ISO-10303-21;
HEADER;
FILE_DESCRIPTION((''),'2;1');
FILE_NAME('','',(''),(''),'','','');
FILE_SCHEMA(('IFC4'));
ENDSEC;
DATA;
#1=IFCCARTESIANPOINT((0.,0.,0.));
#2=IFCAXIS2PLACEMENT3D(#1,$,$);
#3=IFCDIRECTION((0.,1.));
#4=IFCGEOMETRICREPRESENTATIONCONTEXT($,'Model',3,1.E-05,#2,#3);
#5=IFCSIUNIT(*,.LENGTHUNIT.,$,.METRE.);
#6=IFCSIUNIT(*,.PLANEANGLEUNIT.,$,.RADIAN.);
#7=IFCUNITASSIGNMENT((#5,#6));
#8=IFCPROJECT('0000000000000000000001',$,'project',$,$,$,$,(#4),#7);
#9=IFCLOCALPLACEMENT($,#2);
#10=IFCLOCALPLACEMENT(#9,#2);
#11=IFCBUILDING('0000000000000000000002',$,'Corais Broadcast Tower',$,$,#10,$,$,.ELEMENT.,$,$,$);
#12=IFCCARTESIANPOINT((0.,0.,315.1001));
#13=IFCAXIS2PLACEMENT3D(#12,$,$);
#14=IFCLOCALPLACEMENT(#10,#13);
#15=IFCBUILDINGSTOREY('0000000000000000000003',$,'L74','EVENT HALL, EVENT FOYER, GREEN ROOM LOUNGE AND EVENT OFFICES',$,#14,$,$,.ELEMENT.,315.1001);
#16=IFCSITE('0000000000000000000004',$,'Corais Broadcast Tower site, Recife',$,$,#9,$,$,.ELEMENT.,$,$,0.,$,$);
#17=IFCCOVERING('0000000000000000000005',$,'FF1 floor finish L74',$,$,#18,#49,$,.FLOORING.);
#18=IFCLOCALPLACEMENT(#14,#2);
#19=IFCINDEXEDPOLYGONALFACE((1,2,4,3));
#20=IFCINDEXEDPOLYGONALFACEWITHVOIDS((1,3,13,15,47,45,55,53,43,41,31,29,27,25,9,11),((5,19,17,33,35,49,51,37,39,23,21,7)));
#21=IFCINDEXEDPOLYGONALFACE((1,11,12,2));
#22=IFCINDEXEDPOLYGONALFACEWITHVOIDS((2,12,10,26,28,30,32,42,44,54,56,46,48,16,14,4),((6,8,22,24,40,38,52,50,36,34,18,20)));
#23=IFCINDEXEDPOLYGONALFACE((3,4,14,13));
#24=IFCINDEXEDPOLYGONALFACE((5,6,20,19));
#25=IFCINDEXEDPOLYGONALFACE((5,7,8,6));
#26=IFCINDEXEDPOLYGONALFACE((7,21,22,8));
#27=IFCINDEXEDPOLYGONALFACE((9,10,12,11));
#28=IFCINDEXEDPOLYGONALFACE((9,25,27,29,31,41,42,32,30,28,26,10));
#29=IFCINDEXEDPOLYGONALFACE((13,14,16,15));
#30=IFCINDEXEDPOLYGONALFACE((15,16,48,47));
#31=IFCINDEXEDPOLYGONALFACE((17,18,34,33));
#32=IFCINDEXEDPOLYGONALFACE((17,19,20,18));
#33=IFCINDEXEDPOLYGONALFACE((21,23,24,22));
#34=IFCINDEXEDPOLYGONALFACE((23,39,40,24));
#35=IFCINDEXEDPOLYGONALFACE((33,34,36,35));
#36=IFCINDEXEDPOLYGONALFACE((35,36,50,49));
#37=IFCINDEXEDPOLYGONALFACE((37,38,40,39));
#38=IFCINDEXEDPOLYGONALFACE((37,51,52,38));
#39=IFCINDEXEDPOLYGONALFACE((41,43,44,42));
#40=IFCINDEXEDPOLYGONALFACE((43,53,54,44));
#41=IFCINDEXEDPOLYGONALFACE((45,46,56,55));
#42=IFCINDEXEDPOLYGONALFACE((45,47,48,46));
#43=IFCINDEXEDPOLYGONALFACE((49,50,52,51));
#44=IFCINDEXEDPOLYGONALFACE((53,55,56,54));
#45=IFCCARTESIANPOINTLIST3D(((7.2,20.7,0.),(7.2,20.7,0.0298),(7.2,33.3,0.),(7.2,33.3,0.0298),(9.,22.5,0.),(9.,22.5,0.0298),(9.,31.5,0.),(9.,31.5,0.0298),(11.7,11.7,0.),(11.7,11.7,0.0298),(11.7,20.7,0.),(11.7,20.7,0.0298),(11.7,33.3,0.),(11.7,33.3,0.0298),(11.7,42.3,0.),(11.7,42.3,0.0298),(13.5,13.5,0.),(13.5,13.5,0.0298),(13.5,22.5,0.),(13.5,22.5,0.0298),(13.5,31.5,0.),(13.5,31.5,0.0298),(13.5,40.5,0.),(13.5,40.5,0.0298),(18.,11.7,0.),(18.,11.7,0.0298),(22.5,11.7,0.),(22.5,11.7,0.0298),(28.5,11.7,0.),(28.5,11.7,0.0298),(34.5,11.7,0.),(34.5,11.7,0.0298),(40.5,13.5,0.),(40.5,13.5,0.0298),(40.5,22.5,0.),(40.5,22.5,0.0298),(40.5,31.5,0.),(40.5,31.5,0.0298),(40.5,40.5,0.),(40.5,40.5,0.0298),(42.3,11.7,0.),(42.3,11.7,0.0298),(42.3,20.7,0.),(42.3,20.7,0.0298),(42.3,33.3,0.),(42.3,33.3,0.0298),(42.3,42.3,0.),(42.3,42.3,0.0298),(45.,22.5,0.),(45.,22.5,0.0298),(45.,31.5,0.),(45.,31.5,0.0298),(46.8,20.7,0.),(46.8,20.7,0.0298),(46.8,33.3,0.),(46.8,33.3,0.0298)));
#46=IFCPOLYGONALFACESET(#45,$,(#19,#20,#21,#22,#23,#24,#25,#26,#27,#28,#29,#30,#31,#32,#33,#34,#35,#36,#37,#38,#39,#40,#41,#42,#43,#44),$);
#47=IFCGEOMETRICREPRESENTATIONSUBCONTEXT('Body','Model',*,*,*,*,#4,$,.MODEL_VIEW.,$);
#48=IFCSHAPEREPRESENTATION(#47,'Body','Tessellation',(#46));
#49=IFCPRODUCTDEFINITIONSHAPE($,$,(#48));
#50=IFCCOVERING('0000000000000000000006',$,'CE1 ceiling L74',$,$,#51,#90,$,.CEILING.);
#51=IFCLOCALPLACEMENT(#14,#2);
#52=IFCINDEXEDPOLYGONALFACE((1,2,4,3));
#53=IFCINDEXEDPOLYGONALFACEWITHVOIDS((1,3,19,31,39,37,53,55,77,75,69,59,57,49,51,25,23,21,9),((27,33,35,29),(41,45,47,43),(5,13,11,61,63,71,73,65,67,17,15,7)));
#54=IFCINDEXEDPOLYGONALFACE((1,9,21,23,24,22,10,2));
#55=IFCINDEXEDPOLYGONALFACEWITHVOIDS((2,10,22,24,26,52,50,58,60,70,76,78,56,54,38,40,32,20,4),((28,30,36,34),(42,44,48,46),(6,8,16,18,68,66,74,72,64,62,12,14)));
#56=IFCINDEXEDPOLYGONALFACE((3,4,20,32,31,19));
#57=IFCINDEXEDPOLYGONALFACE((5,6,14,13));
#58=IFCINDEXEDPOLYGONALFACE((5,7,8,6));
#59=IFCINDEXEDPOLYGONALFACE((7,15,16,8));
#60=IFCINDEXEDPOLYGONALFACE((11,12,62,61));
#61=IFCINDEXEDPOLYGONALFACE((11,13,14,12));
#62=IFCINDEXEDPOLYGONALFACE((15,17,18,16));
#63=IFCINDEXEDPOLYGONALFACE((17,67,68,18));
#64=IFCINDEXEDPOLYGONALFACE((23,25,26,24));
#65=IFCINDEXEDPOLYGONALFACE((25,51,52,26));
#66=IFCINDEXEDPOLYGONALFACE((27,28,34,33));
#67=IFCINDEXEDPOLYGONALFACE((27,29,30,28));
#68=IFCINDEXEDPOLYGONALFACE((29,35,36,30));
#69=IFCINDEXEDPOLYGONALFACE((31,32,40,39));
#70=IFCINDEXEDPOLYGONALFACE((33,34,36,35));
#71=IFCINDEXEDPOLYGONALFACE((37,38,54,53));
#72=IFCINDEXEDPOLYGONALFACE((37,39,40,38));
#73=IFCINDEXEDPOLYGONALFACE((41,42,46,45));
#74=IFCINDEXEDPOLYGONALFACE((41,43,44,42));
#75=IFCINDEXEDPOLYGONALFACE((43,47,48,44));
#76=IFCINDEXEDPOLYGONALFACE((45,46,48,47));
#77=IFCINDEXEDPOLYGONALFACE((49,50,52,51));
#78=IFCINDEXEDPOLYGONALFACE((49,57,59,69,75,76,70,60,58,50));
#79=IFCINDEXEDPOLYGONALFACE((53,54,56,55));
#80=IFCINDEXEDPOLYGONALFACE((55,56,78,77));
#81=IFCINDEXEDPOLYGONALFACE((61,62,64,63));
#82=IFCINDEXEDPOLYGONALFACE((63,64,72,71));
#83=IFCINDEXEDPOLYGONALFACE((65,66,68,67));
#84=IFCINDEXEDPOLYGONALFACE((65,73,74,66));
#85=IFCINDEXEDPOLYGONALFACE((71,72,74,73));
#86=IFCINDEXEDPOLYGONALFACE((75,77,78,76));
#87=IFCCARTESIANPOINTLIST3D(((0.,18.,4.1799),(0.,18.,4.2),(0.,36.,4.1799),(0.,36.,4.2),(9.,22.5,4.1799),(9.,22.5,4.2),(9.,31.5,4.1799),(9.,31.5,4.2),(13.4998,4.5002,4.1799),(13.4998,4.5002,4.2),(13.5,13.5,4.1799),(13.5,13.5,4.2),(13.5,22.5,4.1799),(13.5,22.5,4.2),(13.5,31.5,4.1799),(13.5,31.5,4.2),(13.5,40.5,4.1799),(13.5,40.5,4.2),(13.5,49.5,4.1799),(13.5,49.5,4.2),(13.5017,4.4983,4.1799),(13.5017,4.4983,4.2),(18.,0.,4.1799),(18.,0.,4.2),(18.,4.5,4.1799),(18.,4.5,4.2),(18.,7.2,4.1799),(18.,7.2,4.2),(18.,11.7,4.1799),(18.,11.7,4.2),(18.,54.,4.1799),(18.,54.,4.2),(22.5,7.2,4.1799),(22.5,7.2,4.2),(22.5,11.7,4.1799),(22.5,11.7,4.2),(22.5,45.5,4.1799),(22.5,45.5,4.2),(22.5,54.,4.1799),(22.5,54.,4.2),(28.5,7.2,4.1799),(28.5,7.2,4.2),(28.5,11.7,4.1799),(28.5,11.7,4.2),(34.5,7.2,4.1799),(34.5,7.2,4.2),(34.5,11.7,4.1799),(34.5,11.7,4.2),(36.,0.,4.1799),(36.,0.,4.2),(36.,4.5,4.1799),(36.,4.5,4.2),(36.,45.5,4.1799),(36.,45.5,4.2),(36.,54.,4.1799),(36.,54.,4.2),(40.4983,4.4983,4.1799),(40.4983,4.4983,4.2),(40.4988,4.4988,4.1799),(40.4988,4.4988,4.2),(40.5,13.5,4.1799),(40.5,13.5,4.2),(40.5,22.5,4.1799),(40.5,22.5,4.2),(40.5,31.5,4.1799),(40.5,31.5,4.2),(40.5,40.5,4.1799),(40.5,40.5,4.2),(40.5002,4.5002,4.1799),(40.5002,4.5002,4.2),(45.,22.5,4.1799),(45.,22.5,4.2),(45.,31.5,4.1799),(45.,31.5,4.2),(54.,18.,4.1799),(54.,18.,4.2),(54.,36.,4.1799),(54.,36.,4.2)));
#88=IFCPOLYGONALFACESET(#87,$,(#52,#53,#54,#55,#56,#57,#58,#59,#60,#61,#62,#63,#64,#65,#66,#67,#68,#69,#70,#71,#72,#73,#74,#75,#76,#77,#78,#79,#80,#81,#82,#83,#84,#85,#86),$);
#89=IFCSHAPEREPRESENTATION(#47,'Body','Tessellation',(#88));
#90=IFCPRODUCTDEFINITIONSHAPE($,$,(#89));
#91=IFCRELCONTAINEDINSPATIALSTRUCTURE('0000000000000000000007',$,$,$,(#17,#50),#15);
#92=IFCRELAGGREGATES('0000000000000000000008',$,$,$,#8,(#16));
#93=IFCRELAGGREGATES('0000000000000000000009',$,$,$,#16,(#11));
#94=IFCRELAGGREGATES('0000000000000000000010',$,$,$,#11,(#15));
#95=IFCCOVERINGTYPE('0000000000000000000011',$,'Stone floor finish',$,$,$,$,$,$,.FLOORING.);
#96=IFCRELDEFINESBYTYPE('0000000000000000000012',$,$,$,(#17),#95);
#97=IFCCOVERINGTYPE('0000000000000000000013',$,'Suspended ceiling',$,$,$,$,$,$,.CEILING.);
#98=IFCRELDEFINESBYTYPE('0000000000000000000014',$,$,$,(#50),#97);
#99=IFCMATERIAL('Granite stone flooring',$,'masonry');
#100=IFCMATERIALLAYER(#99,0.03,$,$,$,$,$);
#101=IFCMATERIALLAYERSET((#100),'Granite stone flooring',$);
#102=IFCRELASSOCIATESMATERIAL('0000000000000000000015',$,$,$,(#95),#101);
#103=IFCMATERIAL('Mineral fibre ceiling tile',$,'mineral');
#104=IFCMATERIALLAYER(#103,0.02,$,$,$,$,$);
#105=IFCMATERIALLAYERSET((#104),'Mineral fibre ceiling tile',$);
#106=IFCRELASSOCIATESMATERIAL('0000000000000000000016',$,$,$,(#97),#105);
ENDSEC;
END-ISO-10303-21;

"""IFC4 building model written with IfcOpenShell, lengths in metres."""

from ifc_helpers import new_model, si_unit, direction, frame, origin, place, context, subcontext, project, spatial, polyline, outline, extrude, material, layer, layer_set, type_object, element, save


model = new_model("IFC4")

# Units and contexts
model_context = context("Model", 3, precision=1e-05, world=origin(), true_north=direction((0.0, 1.0)))
body_context = subcontext(model_context, "Body", "Model", "MODEL_VIEW")
ifc_project = project(units=[si_unit("LENGTHUNIT", "METRE"), si_unit("PLANEANGLEUNIT", "RADIAN")], contexts=[model_context])

# Site, building, storey
site_placement = place(None, origin())
site = spatial("IfcSite", under=ifc_project, at=site_placement, Name="Corais Broadcast Tower site, Recife", CompositionType="ELEMENT", RefElevation=0.0)
building_placement = place(site_placement, origin())
building = spatial("IfcBuilding", under=site, at=building_placement, Name="Corais Broadcast Tower", CompositionType="ELEMENT")
storey_placement = place(building_placement, frame((0.0, 0.0, 315.1001)))
storey = spatial("IfcBuildingStorey", under=building, at=storey_placement, Name="L74", Description="EVENT HALL, EVENT FOYER, GREEN ROOM LOUNGE AND EVENT OFFICES", CompositionType="ELEMENT", Elevation=315.1001)

# Coverings
ifc_material_1 = material(Name="Granite stone flooring", Category="masonry")
ifc_layer_1 = layer(ifc_material_1, 0.03)
ifc_layer_set_1 = layer_set([ifc_layer_1], Name="Granite stone flooring")
covering_type_1 = type_object("IfcCoveringType", Name="Stone floor finish", PredefinedType="FLOORING", material=ifc_layer_set_1)
covering_1_placement = place(storey_placement, origin())
element("IfcCovering", 1, at=covering_1_placement, inside=storey, type_object=covering_type_1, Name="FF1 floor finish L74", PredefinedType="FLOORING", context=body_context, shape_type="SweptSolid", body=[
    extrude(outline(polyline([(42.3, 42.3), (42.3, 33.3), (46.8, 33.3), (46.8, 20.7), (42.3, 20.7), (42.3, 11.7), (34.5, 11.7), (28.5, 11.7), (22.5, 11.7), (18.0, 11.7), (11.7, 11.7), (11.7, 20.7), (7.2, 20.7), (7.2, 33.3), (11.7, 33.3), (11.7, 42.3), (42.3, 42.3)]), holes=[polyline([(13.5, 13.5), (40.5, 13.5), (40.5, 22.5), (45.0, 22.5), (45.0, 31.5), (40.5, 31.5), (40.5, 40.5), (13.5, 40.5), (13.5, 31.5), (9.0, 31.5), (9.0, 22.5), (13.5, 22.5), (13.5, 13.5)])]), origin(), (0.0, 0.0, 1.0), 0.0298),
])
ifc_material_2 = material(Name="Mineral fibre ceiling tile", Category="mineral")
ifc_layer_2 = layer(ifc_material_2, 0.02)
ifc_layer_set_2 = layer_set([ifc_layer_2], Name="Mineral fibre ceiling tile")
covering_type_2 = type_object("IfcCoveringType", Name="Suspended ceiling", PredefinedType="CEILING", material=ifc_layer_set_2)
covering_2_placement = place(storey_placement, frame((0.0, 0.0, 4.1799)))
element("IfcCovering", 2, at=covering_2_placement, inside=storey, type_object=covering_type_2, Name="CE1 ceiling L74", PredefinedType="CEILING", context=body_context, shape_type="SweptSolid", body=[
    extrude(outline(polyline([(13.5, 49.5), (13.5, 49.5), (18.0, 54.0), (22.5, 54.0), (22.5, 45.5), (36.0, 45.5), (36.0, 54.0), (54.0, 36.0), (54.0, 18.0), (40.5002, 4.5002), (40.4988, 4.4988), (40.4983, 4.4983), (36.0, 0.0), (36.0, 4.5), (18.0, 4.5), (18.0, 0.0), (13.5017, 4.4983), (13.4998, 4.5002), (0.0, 18.0), (0.0, 36.0), (13.5, 49.5)]), holes=[polyline([(40.5, 22.5), (45.0, 22.5), (45.0, 31.5), (40.5, 31.5), (40.5, 40.5), (13.5, 40.5), (13.5, 31.5), (9.0, 31.5), (9.0, 22.5), (13.5, 22.5), (13.5, 13.5), (40.5, 13.5), (40.5, 22.5)]), polyline([(34.5, 7.2), (34.5, 11.7), (28.5, 11.7), (28.5, 7.2), (34.5, 7.2)]), polyline([(22.5, 7.2), (22.5, 11.7), (18.0, 11.7), (18.0, 7.2), (22.5, 7.2)])]), origin(), (0.0, 0.0, 1.0), 0.02),
])

save(model, "model.ifc")
